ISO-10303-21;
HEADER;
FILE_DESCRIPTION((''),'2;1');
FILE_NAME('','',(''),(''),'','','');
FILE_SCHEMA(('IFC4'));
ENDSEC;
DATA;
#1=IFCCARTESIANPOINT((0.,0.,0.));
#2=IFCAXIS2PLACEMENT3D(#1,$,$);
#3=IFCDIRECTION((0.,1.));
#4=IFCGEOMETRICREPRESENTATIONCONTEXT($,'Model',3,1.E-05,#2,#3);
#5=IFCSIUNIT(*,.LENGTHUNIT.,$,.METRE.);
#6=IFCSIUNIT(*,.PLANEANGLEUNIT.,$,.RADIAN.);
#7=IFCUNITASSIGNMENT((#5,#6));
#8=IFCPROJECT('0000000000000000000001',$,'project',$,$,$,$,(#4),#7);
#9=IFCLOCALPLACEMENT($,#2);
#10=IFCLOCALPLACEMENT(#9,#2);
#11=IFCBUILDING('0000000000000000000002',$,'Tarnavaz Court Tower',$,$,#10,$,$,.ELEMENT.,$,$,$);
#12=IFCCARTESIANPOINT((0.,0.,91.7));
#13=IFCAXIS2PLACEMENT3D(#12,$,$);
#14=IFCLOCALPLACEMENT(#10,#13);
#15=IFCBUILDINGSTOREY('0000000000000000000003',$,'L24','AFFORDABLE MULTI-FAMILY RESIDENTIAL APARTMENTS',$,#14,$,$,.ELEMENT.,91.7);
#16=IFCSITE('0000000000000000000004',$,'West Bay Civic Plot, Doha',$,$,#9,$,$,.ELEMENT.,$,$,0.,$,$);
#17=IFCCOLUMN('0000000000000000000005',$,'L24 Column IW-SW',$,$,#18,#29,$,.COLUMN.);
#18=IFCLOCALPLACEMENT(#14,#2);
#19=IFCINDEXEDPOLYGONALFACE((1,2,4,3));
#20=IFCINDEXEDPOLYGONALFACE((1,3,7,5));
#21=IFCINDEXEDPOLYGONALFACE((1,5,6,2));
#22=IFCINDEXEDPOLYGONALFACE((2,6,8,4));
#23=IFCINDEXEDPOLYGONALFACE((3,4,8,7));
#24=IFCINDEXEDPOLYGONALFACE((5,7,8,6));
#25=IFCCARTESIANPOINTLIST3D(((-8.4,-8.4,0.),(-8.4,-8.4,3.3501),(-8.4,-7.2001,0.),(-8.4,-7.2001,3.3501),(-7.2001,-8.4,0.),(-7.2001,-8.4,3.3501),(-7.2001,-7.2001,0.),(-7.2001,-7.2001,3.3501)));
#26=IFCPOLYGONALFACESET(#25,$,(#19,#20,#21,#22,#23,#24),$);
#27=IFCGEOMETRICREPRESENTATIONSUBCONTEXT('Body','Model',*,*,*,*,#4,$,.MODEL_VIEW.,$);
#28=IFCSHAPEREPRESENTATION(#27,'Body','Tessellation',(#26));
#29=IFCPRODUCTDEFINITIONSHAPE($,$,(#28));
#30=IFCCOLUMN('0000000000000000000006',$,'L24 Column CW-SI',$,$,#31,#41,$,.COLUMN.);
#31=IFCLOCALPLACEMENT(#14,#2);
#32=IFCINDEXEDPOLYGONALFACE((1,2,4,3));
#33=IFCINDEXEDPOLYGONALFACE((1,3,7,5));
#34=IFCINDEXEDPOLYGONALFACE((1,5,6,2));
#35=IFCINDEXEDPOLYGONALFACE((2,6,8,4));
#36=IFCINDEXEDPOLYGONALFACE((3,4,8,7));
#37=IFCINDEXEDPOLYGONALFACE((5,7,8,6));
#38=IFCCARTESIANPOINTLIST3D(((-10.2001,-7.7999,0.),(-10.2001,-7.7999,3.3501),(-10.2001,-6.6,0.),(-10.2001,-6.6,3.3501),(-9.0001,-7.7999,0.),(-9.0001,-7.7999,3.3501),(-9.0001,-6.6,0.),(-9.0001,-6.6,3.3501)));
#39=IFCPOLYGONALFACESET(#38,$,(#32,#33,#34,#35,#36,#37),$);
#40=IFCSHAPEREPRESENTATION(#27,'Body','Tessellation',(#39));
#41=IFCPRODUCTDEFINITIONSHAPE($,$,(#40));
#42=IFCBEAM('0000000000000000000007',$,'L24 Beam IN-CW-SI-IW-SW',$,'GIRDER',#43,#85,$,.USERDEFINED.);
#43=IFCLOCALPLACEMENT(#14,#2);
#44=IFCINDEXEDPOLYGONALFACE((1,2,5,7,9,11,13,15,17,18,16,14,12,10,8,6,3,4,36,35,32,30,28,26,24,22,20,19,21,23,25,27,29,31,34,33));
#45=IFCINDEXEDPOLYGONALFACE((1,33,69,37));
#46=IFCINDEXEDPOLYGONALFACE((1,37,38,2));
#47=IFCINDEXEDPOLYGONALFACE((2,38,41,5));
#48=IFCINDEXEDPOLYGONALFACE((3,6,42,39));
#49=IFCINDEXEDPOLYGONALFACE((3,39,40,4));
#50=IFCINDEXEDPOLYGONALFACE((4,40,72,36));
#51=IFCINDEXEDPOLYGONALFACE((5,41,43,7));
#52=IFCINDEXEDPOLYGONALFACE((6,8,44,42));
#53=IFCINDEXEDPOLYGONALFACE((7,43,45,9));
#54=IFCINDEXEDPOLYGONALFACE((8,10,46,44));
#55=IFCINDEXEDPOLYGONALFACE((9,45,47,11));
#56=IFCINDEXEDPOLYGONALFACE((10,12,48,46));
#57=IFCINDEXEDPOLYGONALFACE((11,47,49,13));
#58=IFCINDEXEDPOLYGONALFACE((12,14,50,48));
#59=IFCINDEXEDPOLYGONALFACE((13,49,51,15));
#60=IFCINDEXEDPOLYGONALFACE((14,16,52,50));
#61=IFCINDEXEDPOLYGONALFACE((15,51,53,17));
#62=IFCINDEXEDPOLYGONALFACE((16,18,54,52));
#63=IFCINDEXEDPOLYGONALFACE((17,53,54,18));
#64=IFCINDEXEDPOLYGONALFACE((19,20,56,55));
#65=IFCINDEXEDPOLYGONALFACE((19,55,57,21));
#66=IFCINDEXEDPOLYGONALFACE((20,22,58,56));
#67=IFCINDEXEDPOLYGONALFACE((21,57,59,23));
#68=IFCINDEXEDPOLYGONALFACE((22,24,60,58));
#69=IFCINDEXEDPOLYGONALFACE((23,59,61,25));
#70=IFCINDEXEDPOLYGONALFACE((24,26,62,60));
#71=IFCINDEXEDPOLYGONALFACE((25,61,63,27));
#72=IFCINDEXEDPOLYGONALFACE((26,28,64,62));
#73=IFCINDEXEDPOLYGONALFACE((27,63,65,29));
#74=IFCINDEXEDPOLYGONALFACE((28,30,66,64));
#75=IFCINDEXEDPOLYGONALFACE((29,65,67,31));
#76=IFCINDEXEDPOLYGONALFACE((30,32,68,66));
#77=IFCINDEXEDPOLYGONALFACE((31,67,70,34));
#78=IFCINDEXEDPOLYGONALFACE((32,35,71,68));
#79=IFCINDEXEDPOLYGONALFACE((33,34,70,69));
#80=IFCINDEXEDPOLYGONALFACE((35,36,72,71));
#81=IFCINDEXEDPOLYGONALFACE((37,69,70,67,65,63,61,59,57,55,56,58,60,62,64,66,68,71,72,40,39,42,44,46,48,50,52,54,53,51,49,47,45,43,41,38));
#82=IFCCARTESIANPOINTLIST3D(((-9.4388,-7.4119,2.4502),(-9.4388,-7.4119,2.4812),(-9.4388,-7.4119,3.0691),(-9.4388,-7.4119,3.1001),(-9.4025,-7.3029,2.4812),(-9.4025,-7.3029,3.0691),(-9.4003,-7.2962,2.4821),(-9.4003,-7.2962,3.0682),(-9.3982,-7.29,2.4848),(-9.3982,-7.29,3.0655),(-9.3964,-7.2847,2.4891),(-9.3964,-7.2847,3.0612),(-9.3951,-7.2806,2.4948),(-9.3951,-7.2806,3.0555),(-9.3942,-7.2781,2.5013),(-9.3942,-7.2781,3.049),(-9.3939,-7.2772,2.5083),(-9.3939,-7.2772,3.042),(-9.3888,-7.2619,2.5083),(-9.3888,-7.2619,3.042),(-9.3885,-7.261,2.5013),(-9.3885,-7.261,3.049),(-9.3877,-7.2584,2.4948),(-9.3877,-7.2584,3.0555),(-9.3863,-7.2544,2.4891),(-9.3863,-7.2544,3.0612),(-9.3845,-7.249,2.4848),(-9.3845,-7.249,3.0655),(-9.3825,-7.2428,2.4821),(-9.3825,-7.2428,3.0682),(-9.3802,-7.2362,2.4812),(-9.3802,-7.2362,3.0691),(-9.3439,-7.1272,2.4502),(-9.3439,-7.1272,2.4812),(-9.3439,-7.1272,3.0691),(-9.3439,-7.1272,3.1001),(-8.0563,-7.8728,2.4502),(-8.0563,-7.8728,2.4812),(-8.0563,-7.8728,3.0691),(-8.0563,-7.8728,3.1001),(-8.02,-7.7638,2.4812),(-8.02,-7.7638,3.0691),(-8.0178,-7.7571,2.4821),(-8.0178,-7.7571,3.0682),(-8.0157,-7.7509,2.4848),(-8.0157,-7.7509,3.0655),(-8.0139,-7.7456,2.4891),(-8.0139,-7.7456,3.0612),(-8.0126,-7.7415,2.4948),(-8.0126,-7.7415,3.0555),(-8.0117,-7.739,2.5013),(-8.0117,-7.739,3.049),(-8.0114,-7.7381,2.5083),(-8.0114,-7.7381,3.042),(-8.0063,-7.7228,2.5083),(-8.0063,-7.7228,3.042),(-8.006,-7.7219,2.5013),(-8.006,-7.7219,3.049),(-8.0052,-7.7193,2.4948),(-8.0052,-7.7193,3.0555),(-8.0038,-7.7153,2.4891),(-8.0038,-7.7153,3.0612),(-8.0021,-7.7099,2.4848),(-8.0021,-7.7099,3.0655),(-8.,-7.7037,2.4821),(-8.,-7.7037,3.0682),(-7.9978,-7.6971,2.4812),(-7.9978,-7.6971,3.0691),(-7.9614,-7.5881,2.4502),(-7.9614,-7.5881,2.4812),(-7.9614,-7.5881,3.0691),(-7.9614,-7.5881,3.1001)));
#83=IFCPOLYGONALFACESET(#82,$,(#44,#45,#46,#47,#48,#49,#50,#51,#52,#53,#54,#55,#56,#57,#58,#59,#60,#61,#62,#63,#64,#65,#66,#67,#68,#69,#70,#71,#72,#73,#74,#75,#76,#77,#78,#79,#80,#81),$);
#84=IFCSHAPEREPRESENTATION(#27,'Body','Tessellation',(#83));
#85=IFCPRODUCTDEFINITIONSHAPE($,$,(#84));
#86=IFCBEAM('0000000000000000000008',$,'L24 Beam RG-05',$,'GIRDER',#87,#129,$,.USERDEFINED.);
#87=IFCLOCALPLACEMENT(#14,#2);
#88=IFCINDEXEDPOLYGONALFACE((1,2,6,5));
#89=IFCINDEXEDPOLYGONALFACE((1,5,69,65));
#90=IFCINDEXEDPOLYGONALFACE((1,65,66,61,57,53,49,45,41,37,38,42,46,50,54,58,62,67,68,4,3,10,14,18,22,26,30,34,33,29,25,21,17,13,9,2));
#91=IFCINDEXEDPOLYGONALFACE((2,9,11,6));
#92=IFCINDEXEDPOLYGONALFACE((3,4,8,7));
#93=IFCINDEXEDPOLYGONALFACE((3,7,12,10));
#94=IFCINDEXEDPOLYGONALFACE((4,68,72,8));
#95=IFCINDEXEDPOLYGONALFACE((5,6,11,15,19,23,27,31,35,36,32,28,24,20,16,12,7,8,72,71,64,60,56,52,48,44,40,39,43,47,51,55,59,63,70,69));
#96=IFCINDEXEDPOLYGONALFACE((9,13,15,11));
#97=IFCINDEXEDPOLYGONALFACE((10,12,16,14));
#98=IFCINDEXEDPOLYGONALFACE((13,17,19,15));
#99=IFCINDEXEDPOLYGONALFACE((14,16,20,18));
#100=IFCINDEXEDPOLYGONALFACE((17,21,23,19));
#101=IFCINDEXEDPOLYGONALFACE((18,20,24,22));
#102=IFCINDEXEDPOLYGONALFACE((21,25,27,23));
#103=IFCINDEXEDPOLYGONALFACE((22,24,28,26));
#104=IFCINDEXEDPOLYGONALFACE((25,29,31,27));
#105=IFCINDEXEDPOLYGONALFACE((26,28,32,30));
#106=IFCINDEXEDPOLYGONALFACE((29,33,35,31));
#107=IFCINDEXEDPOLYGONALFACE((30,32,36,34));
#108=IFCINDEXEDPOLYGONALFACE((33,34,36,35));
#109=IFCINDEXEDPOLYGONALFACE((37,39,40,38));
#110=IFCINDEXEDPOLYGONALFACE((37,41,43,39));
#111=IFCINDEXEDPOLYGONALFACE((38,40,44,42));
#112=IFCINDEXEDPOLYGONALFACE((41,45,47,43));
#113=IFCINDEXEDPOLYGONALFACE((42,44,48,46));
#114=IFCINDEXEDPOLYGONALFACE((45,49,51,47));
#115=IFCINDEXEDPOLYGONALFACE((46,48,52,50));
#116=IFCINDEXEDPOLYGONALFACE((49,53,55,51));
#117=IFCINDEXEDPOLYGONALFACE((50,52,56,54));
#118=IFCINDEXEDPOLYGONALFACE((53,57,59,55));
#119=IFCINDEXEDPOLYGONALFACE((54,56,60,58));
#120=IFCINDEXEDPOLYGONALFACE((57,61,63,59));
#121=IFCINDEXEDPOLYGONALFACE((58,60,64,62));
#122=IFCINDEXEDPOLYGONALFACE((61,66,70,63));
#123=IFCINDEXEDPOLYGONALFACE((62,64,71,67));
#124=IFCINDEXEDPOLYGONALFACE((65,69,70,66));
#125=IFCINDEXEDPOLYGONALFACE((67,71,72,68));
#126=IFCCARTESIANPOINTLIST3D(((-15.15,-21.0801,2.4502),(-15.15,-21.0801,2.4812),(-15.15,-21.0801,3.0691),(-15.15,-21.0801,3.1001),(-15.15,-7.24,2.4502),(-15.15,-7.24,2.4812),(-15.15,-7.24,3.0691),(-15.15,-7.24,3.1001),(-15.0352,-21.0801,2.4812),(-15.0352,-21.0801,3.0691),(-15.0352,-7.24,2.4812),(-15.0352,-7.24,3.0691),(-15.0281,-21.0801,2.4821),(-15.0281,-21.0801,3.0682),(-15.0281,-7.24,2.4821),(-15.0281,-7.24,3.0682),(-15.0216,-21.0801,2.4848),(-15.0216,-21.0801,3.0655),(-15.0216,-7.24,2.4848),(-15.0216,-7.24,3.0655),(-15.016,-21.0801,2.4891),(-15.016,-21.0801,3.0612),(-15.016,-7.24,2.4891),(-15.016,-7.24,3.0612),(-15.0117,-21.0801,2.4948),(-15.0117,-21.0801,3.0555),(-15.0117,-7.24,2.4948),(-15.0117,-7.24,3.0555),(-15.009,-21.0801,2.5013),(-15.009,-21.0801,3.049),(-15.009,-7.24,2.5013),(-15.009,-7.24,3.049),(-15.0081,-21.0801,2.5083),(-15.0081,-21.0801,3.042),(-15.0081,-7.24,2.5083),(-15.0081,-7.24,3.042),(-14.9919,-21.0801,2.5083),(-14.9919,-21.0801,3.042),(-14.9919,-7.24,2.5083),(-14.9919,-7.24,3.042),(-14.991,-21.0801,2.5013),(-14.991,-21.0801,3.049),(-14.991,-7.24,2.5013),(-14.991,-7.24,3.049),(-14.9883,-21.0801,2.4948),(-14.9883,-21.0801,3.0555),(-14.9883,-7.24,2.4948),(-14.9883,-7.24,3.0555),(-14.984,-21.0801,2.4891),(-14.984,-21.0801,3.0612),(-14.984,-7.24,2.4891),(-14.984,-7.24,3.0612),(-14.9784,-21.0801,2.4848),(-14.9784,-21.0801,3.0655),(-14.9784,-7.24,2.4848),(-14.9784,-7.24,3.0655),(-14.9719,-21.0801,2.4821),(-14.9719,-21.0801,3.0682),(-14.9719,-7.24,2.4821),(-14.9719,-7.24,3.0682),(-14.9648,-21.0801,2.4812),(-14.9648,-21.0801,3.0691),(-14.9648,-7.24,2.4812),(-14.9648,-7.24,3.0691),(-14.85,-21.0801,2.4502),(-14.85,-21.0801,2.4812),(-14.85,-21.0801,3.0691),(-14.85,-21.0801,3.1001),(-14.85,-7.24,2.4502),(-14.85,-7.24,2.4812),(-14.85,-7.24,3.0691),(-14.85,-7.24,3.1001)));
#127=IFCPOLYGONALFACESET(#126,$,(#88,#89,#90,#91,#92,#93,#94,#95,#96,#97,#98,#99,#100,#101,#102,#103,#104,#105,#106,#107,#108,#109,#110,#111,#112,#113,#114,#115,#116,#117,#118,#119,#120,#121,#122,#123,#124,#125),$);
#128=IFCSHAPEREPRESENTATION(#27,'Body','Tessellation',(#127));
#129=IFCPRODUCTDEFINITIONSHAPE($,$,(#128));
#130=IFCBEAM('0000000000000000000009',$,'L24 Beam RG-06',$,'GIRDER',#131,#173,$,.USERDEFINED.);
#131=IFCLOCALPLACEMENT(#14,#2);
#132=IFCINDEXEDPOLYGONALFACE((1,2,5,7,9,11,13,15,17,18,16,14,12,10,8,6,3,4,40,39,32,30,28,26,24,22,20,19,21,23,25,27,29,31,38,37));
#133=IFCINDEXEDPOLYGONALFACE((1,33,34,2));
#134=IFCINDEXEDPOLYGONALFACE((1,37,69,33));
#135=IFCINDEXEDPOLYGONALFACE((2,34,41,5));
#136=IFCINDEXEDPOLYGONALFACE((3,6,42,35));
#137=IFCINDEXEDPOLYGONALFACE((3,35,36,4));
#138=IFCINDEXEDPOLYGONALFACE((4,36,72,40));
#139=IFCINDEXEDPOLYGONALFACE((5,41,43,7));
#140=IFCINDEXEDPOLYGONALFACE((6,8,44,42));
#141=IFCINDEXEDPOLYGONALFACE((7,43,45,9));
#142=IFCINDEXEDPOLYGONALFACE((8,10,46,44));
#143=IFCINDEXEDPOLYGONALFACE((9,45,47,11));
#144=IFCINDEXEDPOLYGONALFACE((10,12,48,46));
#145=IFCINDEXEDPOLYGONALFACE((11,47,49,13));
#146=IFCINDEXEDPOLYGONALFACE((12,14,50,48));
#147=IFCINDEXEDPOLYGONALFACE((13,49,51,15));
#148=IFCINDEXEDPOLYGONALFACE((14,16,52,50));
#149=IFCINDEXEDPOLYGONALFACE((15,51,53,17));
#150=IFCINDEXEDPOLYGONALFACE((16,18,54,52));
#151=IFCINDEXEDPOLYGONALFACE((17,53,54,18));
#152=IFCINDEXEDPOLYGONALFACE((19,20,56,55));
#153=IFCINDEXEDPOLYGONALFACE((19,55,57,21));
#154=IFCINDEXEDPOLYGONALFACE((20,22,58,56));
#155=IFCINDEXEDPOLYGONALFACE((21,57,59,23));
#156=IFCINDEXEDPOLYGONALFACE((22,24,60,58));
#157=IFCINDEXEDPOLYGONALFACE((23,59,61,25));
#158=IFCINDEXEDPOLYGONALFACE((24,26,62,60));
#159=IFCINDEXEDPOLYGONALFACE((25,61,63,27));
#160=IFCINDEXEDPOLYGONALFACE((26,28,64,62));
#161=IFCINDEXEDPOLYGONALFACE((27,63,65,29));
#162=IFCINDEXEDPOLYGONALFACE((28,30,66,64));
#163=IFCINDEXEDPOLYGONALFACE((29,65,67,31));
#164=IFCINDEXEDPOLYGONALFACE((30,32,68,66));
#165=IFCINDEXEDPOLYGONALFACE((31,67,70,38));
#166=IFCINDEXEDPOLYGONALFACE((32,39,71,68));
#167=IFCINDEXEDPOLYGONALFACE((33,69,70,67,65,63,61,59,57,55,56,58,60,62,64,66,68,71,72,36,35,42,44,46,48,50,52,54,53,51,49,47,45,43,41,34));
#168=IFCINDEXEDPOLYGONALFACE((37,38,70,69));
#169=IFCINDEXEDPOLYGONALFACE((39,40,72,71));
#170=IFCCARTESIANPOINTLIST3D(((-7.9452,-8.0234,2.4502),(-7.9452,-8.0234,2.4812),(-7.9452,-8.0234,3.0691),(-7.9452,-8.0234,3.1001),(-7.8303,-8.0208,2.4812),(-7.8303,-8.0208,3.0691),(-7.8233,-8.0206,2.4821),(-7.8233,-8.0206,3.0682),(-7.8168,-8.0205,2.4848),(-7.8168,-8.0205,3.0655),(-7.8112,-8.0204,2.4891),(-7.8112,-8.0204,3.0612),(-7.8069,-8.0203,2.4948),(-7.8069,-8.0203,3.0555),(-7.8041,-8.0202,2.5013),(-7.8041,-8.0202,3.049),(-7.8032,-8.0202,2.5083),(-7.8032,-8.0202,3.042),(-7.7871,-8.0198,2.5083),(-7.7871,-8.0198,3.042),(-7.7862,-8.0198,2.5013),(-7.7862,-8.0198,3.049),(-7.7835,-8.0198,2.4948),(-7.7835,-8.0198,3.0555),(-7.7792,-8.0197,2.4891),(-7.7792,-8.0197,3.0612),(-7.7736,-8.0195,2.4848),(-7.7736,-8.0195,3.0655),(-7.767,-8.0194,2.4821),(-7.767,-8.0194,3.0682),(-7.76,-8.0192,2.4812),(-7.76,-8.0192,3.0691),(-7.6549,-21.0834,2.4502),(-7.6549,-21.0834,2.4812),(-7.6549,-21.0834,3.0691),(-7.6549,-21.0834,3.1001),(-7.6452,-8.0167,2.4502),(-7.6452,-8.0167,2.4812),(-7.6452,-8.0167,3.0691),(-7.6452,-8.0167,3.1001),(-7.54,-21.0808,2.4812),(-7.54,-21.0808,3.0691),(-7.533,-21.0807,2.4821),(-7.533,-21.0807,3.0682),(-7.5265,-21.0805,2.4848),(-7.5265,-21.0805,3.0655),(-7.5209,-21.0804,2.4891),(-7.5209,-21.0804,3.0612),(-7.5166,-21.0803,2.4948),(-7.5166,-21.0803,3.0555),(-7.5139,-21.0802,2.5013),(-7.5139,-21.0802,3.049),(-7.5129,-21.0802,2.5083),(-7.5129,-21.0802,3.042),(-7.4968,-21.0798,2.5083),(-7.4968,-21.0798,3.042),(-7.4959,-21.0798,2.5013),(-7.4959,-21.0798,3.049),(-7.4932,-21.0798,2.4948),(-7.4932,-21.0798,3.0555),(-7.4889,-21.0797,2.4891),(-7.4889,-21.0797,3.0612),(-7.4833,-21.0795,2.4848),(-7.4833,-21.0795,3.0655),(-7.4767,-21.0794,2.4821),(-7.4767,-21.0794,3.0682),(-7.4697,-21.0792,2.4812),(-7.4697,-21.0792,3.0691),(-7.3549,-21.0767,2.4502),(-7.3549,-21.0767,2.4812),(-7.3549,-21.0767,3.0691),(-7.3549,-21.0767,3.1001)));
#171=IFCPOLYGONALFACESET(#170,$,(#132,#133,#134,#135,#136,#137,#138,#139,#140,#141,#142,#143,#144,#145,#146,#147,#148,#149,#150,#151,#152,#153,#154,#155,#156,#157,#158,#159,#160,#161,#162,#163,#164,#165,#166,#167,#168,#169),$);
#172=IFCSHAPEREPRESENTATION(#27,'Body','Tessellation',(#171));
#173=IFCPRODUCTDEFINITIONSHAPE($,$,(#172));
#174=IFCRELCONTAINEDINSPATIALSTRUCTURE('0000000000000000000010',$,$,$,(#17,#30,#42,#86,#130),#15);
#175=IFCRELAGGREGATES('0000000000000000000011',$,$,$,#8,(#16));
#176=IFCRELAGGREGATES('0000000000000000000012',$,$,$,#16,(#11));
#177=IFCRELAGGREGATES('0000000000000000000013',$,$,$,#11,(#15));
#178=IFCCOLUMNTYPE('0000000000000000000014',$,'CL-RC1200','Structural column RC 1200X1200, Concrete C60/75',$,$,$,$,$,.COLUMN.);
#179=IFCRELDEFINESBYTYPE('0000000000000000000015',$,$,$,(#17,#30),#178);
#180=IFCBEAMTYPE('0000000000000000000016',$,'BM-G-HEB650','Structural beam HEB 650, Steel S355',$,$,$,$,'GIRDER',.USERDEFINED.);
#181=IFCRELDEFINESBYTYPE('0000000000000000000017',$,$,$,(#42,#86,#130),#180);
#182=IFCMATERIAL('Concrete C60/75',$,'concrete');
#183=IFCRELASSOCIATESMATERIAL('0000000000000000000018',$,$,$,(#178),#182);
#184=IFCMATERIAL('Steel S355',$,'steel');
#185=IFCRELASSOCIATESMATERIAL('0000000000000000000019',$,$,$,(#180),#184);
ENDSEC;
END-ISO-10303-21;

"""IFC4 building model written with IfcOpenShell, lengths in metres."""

from ifc_helpers import new_model, si_unit, direction, frame, origin, origin_2d, place, context, subcontext, project, spatial, rectangle, i_section, extrude, material, material_profile, profile_set, type_object, element, save


model = new_model("IFC4")

# Units and contexts
model_context = context("Model", 3, precision=1e-05, world=origin(), true_north=direction((0.0, 1.0)))
body_context = subcontext(model_context, "Body", "Model", "MODEL_VIEW")
ifc_project = project(units=[si_unit("LENGTHUNIT", "METRE"), si_unit("PLANEANGLEUNIT", "RADIAN")], contexts=[model_context])

# Site, building, storey
site_placement = place(None, origin())
site = spatial("IfcSite", under=ifc_project, at=site_placement, Name="West Bay Civic Plot, Doha", CompositionType="ELEMENT", RefElevation=0.0)
building_placement = place(site_placement, origin())
building = spatial("IfcBuilding", under=site, at=building_placement, Name="Tarnavaz Court Tower", CompositionType="ELEMENT")
storey_placement = place(building_placement, frame((0.0, 0.0, 91.7)))
storey = spatial("IfcBuildingStorey", under=building, at=storey_placement, Name="L24", Description="AFFORDABLE MULTI-FAMILY RESIDENTIAL APARTMENTS", CompositionType="ELEMENT", Elevation=91.7)

# Columns
ifc_material_1 = material(Name="Concrete C60/75", Category="concrete")
ifc_material_profile_1 = material_profile(ifc_material_1, rectangle(XDim=1.2, YDim=1.2, at=origin_2d()), Name="RC 1200X1200")
ifc_profile_set_1 = profile_set([ifc_material_profile_1], Name="Concrete C60/75")
column_type = type_object("IfcColumnType", Name="CL-RC1200", Description="Structural column RC 1200X1200, Concrete C60/75", PredefinedType="COLUMN", material=ifc_profile_set_1)
for number, where, z_axis, x_axis, name in (
    (1, (-7.8, -7.8, 0.0), (0.0, 0.0, 1.0), (1.0, 0.0, 0.0), "L24 Column IW-SW"),
    (2, (-9.6001, -7.2, 0.0), (0.0, 0.0, 1.0), (1.0, 0.0, 0.0), "L24 Column CW-SI"),
):
    element("IfcColumn", number, at=place(storey_placement, frame(where, z_axis=z_axis, x_axis=x_axis)), inside=storey, type_object=column_type, Name=name, PredefinedType="COLUMN", context=body_context, shape_type="SweptSolid", body=[
        extrude(rectangle(XDim=1.2, YDim=1.2, at=origin_2d()), origin(), (0.0, 0.0, 1.0), 3.3501),
    ])

# Beams
ifc_material_2 = material(Name="Steel S355", Category="steel")
ifc_material_profile_2 = material_profile(ifc_material_2, i_section(OverallWidth=0.3, OverallDepth=0.6499, WebThickness=0.0161, FlangeThickness=0.031, FilletRadius=0.0271, at=origin_2d()), Name="HEB 650")
ifc_profile_set_2 = profile_set([ifc_material_profile_2], Name="Steel S355")
beam_type_1 = type_object("IfcBeamType", Name="BM-G-HEB650", Description="Structural beam HEB 650, Steel S355", ElementType="GIRDER", PredefinedType="USERDEFINED", material=ifc_profile_set_2)
beam_1_placement = place(storey_placement, frame((-9.3914, -7.2695, 2.7751), z_axis=(0.948667, -0.316278, 0.0), x_axis=(0.316278, 0.948667, 0.0)))
element("IfcBeam", 3, at=beam_1_placement, inside=storey, type_object=beam_type_1, Name="L24 Beam IN-CW-SI-IW-SW", ObjectType="GIRDER", PredefinedType="USERDEFINED", context=body_context, shape_type="SweptSolid", body=[
    extrude(i_section(OverallWidth=0.3, OverallDepth=0.6499, WebThickness=0.0161, FlangeThickness=0.031, FilletRadius=0.0271, at=origin_2d()), origin(), (0.0, 0.0, 1.0), 1.4573),
])
beam_2_placement = place(storey_placement, frame((-15.0, -7.24, 2.7751), z_axis=(0.0, -1.0, 0.0), x_axis=(1.0, 0.0, 0.0)))
element("IfcBeam", 4, at=beam_2_placement, inside=storey, type_object=beam_type_1, Name="L24 Beam RG-05", ObjectType="GIRDER", PredefinedType="USERDEFINED", context=body_context, shape_type="SweptSolid", body=[
    extrude(i_section(OverallWidth=0.3, OverallDepth=0.6499, WebThickness=0.0161, FlangeThickness=0.031, FilletRadius=0.0271, at=origin_2d()), origin(), (0.0, 0.0, 1.0), 13.8401),
])
beam_3_placement = place(storey_placement, frame((-7.7952, -8.02, 2.7751), z_axis=(0.022221, -0.999753, 0.0), x_axis=(0.999753, 0.022221, 0.0)))
element("IfcBeam", 5, at=beam_3_placement, inside=storey, type_object=beam_type_1, Name="L24 Beam RG-06", ObjectType="GIRDER", PredefinedType="USERDEFINED", context=body_context, shape_type="SweptSolid", body=[
    extrude(i_section(OverallWidth=0.3, OverallDepth=0.6499, WebThickness=0.0161, FlangeThickness=0.031, FilletRadius=0.0271, at=origin_2d()), origin(), (0.0, 0.0, 1.0), 13.0632),
])

save(model, "model.ifc")
